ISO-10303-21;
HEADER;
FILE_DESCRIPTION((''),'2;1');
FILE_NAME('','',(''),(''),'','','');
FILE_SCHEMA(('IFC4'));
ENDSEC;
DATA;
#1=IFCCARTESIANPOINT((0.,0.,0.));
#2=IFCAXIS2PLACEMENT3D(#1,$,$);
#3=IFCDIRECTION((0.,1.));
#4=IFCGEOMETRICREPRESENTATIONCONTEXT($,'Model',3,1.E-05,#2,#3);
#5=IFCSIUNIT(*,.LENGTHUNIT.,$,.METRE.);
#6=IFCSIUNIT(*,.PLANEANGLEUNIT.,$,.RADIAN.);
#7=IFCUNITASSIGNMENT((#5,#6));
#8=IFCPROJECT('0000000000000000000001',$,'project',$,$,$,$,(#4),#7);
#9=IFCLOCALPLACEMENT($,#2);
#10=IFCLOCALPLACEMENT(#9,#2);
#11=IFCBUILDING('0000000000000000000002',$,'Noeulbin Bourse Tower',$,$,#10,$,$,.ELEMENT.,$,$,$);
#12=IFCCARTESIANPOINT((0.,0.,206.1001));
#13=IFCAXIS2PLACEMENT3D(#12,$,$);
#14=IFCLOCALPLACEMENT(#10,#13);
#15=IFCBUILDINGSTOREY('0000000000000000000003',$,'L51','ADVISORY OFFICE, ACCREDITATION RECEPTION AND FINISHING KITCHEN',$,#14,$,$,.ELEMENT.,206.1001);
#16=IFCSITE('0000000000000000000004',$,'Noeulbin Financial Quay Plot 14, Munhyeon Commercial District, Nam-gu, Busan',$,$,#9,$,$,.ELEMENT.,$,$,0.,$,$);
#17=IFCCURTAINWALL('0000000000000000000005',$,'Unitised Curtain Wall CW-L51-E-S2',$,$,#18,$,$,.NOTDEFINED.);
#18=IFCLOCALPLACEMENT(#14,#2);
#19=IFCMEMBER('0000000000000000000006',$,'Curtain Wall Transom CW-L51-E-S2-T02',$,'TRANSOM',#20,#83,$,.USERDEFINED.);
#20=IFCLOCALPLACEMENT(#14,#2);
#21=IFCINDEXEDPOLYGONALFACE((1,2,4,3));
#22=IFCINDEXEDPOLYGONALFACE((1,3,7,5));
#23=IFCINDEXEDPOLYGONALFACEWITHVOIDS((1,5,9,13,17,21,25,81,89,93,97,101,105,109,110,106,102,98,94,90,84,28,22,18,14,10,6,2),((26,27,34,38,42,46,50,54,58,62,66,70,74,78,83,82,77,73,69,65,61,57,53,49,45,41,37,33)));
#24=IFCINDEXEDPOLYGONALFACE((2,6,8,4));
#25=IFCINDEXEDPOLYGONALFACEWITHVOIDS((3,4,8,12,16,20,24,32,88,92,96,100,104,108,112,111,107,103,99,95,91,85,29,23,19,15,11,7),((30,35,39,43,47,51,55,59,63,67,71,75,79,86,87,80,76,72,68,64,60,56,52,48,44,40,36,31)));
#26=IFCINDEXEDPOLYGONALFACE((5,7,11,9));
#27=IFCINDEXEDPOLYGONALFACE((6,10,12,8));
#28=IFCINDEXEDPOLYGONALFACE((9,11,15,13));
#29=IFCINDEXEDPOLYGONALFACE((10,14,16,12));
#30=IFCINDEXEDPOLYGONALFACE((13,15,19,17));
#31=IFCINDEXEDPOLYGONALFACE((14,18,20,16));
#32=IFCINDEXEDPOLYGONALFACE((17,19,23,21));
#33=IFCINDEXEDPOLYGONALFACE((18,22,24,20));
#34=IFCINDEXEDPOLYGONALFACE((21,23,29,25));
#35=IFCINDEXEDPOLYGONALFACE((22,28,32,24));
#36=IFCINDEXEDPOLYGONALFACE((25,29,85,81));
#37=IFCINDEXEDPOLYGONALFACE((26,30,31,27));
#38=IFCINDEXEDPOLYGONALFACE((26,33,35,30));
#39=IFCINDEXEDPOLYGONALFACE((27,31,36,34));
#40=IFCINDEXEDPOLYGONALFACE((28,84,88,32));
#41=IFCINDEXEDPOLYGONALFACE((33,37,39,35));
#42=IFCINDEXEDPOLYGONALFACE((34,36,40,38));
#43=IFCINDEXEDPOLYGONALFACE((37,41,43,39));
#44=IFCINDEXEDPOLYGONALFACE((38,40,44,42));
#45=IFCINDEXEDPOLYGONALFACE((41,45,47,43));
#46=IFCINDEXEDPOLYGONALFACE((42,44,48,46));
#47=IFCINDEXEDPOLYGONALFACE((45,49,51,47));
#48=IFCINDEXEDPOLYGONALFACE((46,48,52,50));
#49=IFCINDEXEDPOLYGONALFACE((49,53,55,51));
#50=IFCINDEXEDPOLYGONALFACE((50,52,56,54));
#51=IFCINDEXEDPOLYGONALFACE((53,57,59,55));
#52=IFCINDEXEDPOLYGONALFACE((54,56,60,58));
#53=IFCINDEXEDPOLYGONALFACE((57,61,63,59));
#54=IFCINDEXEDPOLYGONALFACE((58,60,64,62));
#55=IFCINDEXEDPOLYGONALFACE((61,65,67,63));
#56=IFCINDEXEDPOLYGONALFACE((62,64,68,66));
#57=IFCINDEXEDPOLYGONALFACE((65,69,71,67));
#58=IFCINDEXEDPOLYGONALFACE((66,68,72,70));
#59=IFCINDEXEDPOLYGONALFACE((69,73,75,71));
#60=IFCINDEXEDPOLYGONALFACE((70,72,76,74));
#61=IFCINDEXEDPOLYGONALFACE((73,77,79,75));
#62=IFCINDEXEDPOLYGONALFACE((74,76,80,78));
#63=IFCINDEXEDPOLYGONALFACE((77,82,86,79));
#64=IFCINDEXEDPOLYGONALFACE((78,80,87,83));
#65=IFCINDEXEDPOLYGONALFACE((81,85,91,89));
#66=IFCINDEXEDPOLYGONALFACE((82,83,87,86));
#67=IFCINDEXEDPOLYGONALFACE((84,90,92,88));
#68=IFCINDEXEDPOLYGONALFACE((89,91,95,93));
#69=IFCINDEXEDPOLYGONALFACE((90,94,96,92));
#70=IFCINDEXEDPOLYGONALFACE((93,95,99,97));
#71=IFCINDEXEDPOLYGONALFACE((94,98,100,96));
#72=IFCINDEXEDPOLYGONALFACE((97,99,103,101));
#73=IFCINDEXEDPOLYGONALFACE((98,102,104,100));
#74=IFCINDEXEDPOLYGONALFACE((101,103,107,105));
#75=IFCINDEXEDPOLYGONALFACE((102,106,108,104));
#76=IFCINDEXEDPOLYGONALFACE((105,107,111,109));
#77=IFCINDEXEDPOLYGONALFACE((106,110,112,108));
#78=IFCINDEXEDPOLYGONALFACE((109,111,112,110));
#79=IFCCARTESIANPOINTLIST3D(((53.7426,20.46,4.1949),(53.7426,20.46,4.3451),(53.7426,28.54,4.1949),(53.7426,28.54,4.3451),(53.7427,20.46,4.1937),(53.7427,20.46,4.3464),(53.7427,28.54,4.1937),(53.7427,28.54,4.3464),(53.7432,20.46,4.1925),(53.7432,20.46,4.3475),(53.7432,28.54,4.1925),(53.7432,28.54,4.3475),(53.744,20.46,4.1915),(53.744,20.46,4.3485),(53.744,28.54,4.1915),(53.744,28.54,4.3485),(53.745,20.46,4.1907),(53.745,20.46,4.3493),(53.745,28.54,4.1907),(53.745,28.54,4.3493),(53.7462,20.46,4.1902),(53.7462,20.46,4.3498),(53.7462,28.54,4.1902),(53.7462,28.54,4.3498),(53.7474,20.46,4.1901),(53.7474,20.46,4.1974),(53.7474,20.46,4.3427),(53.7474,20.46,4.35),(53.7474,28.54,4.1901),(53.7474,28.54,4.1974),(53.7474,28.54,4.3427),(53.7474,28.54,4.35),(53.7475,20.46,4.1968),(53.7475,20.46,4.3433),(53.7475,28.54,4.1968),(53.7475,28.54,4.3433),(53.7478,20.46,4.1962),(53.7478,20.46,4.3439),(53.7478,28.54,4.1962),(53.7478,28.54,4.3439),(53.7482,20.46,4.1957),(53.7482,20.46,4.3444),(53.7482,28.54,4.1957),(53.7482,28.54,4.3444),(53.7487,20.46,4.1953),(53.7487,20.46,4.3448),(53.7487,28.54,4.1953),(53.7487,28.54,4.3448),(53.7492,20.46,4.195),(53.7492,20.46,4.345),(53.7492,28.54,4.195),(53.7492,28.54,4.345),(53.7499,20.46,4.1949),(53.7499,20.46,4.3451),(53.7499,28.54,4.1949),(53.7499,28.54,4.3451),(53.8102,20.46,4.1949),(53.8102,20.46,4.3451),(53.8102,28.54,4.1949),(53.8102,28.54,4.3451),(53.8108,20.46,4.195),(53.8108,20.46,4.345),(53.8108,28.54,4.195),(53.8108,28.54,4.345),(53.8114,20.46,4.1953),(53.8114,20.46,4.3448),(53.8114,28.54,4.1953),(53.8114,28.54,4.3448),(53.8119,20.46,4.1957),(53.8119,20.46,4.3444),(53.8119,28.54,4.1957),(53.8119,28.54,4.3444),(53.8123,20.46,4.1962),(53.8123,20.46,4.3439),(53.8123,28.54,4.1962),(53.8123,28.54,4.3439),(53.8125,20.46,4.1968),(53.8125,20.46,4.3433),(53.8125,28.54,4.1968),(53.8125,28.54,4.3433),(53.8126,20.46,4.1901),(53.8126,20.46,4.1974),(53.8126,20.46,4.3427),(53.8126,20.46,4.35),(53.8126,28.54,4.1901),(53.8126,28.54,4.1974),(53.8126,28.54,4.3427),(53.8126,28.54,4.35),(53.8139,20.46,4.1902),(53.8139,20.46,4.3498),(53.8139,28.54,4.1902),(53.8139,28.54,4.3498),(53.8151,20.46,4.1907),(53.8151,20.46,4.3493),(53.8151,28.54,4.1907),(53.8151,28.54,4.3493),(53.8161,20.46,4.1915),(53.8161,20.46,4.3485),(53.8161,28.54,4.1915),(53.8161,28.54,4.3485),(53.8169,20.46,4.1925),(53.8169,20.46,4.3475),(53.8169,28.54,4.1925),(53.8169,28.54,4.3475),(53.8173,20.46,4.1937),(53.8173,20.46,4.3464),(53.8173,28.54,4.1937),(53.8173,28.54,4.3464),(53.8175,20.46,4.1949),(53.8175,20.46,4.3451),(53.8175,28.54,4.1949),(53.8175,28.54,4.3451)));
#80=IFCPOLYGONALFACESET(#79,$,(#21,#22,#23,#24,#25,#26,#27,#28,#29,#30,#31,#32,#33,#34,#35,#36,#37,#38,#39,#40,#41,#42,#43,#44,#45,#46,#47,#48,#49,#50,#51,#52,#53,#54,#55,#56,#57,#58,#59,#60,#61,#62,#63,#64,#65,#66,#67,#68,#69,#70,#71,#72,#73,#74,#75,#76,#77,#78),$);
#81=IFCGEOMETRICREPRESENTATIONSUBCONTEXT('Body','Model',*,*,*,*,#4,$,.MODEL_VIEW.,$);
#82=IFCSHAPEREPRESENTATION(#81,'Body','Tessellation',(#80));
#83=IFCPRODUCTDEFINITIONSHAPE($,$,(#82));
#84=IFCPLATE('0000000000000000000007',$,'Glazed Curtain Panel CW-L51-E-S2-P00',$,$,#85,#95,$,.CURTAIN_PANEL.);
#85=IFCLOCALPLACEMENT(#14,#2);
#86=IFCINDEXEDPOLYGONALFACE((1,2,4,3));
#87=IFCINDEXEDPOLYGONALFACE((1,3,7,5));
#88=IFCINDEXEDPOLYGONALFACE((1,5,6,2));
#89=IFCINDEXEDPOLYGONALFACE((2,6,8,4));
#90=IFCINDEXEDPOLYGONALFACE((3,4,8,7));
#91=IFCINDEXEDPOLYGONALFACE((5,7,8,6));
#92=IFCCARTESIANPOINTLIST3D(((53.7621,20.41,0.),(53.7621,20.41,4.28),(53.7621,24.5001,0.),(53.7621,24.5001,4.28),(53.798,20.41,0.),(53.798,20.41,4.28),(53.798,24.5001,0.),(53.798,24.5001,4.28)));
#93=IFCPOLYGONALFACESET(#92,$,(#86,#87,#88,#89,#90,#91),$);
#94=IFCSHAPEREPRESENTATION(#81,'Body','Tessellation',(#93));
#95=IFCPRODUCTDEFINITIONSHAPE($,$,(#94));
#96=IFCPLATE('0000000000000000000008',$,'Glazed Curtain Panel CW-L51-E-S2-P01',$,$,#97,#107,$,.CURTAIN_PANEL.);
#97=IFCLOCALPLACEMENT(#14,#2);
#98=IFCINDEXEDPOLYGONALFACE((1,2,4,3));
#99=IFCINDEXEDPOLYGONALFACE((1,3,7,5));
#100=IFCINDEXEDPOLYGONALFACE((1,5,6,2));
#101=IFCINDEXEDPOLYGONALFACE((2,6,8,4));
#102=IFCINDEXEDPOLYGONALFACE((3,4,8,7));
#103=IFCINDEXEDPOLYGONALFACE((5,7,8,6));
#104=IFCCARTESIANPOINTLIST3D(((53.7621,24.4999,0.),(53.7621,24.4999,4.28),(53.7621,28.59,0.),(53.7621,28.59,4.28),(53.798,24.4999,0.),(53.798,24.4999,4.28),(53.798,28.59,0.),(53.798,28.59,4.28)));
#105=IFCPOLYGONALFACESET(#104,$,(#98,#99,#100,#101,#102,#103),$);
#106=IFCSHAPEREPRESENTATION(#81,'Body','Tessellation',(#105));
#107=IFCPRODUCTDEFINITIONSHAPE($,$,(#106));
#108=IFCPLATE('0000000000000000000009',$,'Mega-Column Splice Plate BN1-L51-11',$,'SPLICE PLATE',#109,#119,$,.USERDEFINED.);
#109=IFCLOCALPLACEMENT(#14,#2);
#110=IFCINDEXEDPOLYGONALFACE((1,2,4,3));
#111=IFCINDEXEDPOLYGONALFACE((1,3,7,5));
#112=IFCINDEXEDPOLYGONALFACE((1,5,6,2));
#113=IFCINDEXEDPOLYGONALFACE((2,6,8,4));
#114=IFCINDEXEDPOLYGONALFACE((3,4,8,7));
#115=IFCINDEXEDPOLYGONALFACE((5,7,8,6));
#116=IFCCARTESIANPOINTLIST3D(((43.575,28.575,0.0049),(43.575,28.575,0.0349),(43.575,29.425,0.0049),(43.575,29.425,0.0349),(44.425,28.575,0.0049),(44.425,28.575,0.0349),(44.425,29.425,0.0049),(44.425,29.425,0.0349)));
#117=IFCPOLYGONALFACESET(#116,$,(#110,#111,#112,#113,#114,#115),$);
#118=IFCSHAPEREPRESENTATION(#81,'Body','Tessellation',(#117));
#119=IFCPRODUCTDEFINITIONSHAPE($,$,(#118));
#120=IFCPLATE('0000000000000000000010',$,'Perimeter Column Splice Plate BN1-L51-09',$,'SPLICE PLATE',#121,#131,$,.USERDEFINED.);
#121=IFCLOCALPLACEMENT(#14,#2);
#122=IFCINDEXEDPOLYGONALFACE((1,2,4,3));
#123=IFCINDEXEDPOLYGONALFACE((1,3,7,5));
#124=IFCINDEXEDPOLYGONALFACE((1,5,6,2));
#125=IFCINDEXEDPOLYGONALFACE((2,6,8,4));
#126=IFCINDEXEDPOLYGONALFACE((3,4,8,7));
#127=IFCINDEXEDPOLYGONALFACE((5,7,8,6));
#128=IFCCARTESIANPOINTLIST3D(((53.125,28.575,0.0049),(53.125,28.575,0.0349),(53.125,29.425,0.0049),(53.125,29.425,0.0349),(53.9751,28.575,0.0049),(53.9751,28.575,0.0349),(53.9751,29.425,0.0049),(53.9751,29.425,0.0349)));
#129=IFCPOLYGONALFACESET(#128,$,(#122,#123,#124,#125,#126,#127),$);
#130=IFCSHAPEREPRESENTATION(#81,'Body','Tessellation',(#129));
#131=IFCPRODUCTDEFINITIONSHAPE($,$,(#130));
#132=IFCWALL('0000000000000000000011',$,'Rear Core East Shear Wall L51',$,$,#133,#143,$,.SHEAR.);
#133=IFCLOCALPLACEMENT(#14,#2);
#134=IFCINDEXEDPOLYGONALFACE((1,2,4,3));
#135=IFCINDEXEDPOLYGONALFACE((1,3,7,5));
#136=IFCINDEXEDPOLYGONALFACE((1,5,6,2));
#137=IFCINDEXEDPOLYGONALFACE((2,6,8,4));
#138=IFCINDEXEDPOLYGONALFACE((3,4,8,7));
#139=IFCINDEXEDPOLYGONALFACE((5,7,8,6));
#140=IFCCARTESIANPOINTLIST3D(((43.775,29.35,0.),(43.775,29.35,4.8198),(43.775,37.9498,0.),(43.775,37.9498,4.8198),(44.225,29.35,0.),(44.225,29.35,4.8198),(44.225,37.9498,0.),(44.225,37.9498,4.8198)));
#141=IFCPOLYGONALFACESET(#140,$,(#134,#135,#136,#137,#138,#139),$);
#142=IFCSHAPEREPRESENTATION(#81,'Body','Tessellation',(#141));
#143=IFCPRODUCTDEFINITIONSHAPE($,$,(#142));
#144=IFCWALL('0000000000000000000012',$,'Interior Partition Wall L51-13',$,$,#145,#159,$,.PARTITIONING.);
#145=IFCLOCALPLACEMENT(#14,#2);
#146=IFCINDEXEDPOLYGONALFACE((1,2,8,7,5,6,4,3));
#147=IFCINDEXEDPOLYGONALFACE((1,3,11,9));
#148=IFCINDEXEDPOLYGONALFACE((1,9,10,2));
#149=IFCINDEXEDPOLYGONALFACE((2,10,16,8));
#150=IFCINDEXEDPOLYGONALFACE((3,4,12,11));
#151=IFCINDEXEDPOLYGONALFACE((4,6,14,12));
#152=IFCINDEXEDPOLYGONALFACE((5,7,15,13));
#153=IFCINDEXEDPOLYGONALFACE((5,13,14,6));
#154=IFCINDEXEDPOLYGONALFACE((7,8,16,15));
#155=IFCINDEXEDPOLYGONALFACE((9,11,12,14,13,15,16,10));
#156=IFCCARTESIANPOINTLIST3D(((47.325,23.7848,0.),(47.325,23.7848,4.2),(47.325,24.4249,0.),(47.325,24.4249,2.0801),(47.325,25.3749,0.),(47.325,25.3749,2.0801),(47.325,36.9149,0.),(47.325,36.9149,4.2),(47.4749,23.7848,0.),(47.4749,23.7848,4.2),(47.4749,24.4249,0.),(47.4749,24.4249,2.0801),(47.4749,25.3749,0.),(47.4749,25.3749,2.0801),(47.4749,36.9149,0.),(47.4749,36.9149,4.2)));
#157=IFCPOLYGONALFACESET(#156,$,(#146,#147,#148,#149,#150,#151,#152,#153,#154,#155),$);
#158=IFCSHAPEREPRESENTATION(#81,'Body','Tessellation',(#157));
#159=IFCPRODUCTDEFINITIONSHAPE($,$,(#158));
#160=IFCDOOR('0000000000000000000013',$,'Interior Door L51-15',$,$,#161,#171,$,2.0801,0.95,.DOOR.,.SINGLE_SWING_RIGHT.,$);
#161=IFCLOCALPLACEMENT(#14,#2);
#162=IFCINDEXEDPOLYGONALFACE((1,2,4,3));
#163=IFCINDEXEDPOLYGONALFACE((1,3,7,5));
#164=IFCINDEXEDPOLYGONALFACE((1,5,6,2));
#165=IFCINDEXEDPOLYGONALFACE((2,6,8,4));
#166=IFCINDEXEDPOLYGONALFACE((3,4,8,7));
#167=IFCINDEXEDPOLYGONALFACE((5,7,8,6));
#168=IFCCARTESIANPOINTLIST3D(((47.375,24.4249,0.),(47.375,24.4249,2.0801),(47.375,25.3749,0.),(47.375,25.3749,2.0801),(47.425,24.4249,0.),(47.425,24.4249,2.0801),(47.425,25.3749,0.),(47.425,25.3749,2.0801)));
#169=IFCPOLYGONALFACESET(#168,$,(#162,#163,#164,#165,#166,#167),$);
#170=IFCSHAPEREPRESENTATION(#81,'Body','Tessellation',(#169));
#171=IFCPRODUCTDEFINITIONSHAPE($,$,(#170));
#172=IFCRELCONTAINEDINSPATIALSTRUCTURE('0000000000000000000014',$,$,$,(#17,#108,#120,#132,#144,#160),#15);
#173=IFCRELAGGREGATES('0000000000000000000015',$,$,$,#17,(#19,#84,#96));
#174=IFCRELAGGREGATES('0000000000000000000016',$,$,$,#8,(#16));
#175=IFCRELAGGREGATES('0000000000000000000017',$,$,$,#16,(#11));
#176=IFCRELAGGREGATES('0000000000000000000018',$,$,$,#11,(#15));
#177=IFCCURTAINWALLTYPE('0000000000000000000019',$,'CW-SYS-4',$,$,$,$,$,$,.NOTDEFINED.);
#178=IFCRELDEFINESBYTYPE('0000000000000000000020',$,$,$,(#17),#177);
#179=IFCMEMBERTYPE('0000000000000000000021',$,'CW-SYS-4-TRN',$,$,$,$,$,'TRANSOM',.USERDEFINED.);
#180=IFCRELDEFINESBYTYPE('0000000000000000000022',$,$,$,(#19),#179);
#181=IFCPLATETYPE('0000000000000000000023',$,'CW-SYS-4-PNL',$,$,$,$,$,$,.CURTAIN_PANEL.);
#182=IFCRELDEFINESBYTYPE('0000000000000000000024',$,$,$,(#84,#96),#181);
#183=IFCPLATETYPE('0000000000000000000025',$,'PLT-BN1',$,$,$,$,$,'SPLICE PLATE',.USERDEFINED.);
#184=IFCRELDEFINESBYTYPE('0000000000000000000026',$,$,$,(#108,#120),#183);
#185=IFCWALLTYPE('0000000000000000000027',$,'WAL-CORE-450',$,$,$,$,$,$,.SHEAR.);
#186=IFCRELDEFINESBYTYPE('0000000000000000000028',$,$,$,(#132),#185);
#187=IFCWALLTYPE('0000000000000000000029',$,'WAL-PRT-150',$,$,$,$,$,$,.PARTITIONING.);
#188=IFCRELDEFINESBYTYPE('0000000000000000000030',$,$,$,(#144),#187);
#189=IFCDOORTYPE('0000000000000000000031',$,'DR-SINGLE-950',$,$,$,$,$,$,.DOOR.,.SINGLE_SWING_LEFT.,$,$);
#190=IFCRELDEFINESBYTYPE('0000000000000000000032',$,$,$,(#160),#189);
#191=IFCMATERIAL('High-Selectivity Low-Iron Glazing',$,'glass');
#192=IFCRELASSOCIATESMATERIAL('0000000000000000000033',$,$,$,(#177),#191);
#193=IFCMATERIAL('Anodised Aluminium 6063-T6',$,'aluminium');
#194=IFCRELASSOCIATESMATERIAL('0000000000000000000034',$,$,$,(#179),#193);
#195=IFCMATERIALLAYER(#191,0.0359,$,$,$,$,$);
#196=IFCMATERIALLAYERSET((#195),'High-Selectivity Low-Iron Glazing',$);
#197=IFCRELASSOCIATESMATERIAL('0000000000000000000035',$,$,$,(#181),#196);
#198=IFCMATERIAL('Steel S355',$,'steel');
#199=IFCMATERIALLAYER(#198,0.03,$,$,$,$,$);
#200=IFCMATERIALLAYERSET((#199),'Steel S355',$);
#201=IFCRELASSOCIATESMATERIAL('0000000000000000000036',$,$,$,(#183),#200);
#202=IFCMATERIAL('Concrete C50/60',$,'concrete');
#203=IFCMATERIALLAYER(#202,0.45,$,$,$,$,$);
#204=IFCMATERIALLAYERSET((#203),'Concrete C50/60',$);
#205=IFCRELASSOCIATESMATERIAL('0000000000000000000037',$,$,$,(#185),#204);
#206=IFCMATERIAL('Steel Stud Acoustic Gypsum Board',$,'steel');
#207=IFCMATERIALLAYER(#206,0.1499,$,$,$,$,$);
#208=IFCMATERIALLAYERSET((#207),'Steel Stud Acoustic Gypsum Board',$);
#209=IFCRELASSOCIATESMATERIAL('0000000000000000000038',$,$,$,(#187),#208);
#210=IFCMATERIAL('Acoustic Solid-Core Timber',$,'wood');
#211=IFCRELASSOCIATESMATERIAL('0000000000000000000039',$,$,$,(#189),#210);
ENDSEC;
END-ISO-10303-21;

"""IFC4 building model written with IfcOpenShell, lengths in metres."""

from ifc_helpers import new_model, si_unit, direction, frame, frame_2d, origin, origin_2d, place, context, subcontext, project, spatial, rectangle, hollow_rectangle, extrude, material, layer, layer_set, material_profile, profile_set, type_object, element, fill, aggregate, save


model = new_model("IFC4")

# Units and contexts
model_context = context("Model", 3, precision=1e-05, world=origin(), true_north=direction((0.0, 1.0)))
body_context = subcontext(model_context, "Body", "Model", "MODEL_VIEW")
ifc_project = project(units=[si_unit("LENGTHUNIT", "METRE"), si_unit("PLANEANGLEUNIT", "RADIAN")], contexts=[model_context])

# Site, building, storey
site_placement = place(None, origin())
site = spatial("IfcSite", under=ifc_project, at=site_placement, Name="Noeulbin Financial Quay Plot 14, Munhyeon Commercial District, Nam-gu, Busan", CompositionType="ELEMENT", RefElevation=0.0)
building_placement = place(site_placement, origin())
building = spatial("IfcBuilding", under=site, at=building_placement, Name="Noeulbin Bourse Tower", CompositionType="ELEMENT")
storey_placement = place(building_placement, frame((0.0, 0.0, 206.1001)))
storey = spatial("IfcBuildingStorey", under=building, at=storey_placement, Name="L51", Description="ADVISORY OFFICE, ACCREDITATION RECEPTION AND FINISHING KITCHEN", CompositionType="ELEMENT", Elevation=206.1001)

# Shared definitions
ifc_material_1 = material(Name="Steel S355", Category="steel")

# Curtain wall
ifc_material_2 = material(Name="High-Selectivity Low-Iron Glazing", Category="glass")
curtain_wall_type = type_object("IfcCurtainWallType", Name="CW-SYS-4", PredefinedType="NOTDEFINED", material=ifc_material_2)
curtain_wall_1_placement = place(storey_placement, origin())
curtain_wall_1 = element("IfcCurtainWall", 1, at=curtain_wall_1_placement, inside=storey, type_object=curtain_wall_type, Name="Unitised Curtain Wall CW-L51-E-S2", PredefinedType="NOTDEFINED")
ifc_material_3 = material(Name="Anodised Aluminium 6063-T6", Category="aluminium")

# Member
ifc_material_profile_1 = material_profile(ifc_material_3, hollow_rectangle(XDim=0.075, YDim=0.1599, WallThickness=0.0049, InnerFilletRadius=0.0024, OuterFilletRadius=0.0049, at=origin_2d()), Name="ALU-TRAN-75x160x5", Category="LoadBearing")
ifc_profile_set_1 = profile_set([ifc_material_profile_1], Name="Anodised Aluminium 6063-T6")
member_type_1 = type_object("IfcMemberType", Name="CW-SYS-4-TRN", ElementType="TRANSOM", PredefinedType="USERDEFINED", material=ifc_profile_set_1)
member_1_placement = place(storey_placement, frame((53.78, 20.46, 4.27), z_axis=(0.0, 1.0, 0.0), x_axis=(-1.0, 0.0, 0.0)))
member_1 = element("IfcMember", 2, at=member_1_placement, type_object=member_type_1, Name="Curtain Wall Transom CW-L51-E-S2-T02", ObjectType="TRANSOM", PredefinedType="USERDEFINED", context=body_context, shape_type="SweptSolid", body=[
    extrude(hollow_rectangle(XDim=0.075, YDim=0.1599, WallThickness=0.0049, InnerFilletRadius=0.0024, OuterFilletRadius=0.0049, at=origin_2d()), origin(), (0.0, 0.0, 1.0), 8.0801),
])

# Plates
ifc_layer_1 = layer(ifc_material_2, 0.0359)
ifc_layer_set_1 = layer_set([ifc_layer_1], Name="High-Selectivity Low-Iron Glazing")
plate_type_1 = type_object("IfcPlateType", Name="CW-SYS-4-PNL", PredefinedType="CURTAIN_PANEL", material=ifc_layer_set_1)
plate_1_placement = place(storey_placement, frame((53.78, 22.4551, 0.0), z_axis=(0.0, 0.0, 1.0), x_axis=(0.0, 1.0, 0.0)))
plate_1 = element("IfcPlate", 3, at=plate_1_placement, type_object=plate_type_1, Name="Glazed Curtain Panel CW-L51-E-S2-P00", PredefinedType="CURTAIN_PANEL", context=body_context, shape_type="SweptSolid", body=[
    extrude(rectangle(XDim=4.0901, YDim=0.0359, at=origin_2d()), origin(), (0.0, 0.0, 1.0), 4.28),
])
plate_2_placement = place(storey_placement, frame((53.78, 26.5449, 0.0), z_axis=(0.0, 0.0, 1.0), x_axis=(0.0, 1.0, 0.0)))
plate_2 = element("IfcPlate", 4, at=plate_2_placement, type_object=plate_type_1, Name="Glazed Curtain Panel CW-L51-E-S2-P01", PredefinedType="CURTAIN_PANEL", context=body_context, shape_type="SweptSolid", body=[
    extrude(rectangle(XDim=4.0901, YDim=0.0359, at=origin_2d()), origin(), (0.0, 0.0, 1.0), 4.28),
])
aggregate(curtain_wall_1, [member_1, plate_1, plate_2])

# Plates
ifc_layer_2 = layer(ifc_material_1, 0.03)
ifc_layer_set_2 = layer_set([ifc_layer_2], Name="Steel S355")
plate_type_2 = type_object("IfcPlateType", Name="PLT-BN1", ElementType="SPLICE PLATE", PredefinedType="USERDEFINED", material=ifc_layer_set_2)
for number, where, z_axis, x_axis, name in (
    (5, (44.0, 29.0, 0.0049), (0.0, 0.0, 1.0), (1.0, 0.0, 0.0), "Mega-Column Splice Plate BN1-L51-11"),
    (6, (53.55, 29.0, 0.0049), (0.0, 0.0, 1.0), (1.0, 0.0, 0.0), "Perimeter Column Splice Plate BN1-L51-09"),
):
    element("IfcPlate", number, at=place(storey_placement, frame(where, z_axis=z_axis, x_axis=x_axis)), inside=storey, type_object=plate_type_2, Name=name, ObjectType="SPLICE PLATE", PredefinedType="USERDEFINED", context=body_context, shape_type="SweptSolid", body=[
        extrude(rectangle(XDim=0.8501, YDim=0.8501, at=origin_2d()), origin(), (0.0, 0.0, 1.0), 0.03),
    ])

# Wall
ifc_material_4 = material(Name="Concrete C50/60", Category="concrete")
ifc_layer_3 = layer(ifc_material_4, 0.45)
ifc_layer_set_3 = layer_set([ifc_layer_3], Name="Concrete C50/60")
wall_type_1 = type_object("IfcWallType", Name="WAL-CORE-450", PredefinedType="SHEAR", material=ifc_layer_set_3)
wall_1_placement = place(storey_placement, frame((44.0, 29.3501, 0.0), z_axis=(0.0, 0.0, 1.0), x_axis=(0.0, 1.0, 0.0)))
element("IfcWall", 7, at=wall_1_placement, inside=storey, type_object=wall_type_1, Name="Rear Core East Shear Wall L51", PredefinedType="SHEAR", context=body_context, shape_type="SweptSolid", body=[
    extrude(rectangle(XDim=8.5999, YDim=0.45, at=frame_2d((4.2998, 0.0))), origin(), (0.0, 0.0, 1.0), 4.8198),
])

# Wall, opening, door
ifc_material_5 = material(Name="Steel Stud Acoustic Gypsum Board", Category="steel")
ifc_layer_4 = layer(ifc_material_5, 0.1499)
ifc_layer_set_4 = layer_set([ifc_layer_4], Name="Steel Stud Acoustic Gypsum Board")
wall_type_2 = type_object("IfcWallType", Name="WAL-PRT-150", PredefinedType="PARTITIONING", material=ifc_layer_set_4)
wall_2_placement = place(storey_placement, frame((47.3999, 23.7849, 0.0), z_axis=(0.0, 0.0, 1.0), x_axis=(0.0, 1.0, 0.0)))
wall_2 = element("IfcWall", 8, at=wall_2_placement, inside=storey, type_object=wall_type_2, Name="Interior Partition Wall L51-13", PredefinedType="PARTITIONING", context=body_context, shape_type="SweptSolid", body=[
    extrude(rectangle(XDim=13.1301, YDim=0.1499, at=frame_2d((6.5649, 0.0))), origin(), (0.0, 0.0, 1.0), 4.2),
])
opening_placement = place(wall_2_placement, frame((0.6399, 0.0, 0.0)))
opening = element("IfcOpeningElement", 9, at=opening_placement, cuts=wall_2, PredefinedType="OPENING", context=body_context, shape_type="SweptSolid", body=[
    extrude(rectangle(XDim=0.95, YDim=2.0801, at=frame_2d((0.4751, 1.04))), frame((0.0, 0.085, 0.0), z_axis=(0.0, -1.0, 0.0), x_axis=(1.0, 0.0, 0.0)), (0.0, 0.0, 1.0), 0.1699),
])
ifc_material_6 = material(Name="Acoustic Solid-Core Timber", Category="wood")
door_type = type_object("IfcDoorType", Name="DR-SINGLE-950", OperationType="SINGLE_SWING_LEFT", PredefinedType="DOOR", material=ifc_material_6)
door_placement = place(opening_placement, origin())
door = element("IfcDoor", 10, at=door_placement, inside=storey, type_object=door_type, Name="Interior Door L51-15", OperationType="SINGLE_SWING_RIGHT", OverallHeight=2.0801, OverallWidth=0.95, PredefinedType="DOOR", context=body_context, shape_type="SweptSolid", body=[
    extrude(rectangle(XDim=0.95, YDim=2.0801, at=frame_2d((0.4751, 1.04))), frame((0.0, 0.0249, 0.0), z_axis=(0.0, -1.0, 0.0), x_axis=(1.0, 0.0, 0.0)), (0.0, 0.0, 1.0), 0.05),
])
fill(opening, door)

save(model, "model.ifc")
